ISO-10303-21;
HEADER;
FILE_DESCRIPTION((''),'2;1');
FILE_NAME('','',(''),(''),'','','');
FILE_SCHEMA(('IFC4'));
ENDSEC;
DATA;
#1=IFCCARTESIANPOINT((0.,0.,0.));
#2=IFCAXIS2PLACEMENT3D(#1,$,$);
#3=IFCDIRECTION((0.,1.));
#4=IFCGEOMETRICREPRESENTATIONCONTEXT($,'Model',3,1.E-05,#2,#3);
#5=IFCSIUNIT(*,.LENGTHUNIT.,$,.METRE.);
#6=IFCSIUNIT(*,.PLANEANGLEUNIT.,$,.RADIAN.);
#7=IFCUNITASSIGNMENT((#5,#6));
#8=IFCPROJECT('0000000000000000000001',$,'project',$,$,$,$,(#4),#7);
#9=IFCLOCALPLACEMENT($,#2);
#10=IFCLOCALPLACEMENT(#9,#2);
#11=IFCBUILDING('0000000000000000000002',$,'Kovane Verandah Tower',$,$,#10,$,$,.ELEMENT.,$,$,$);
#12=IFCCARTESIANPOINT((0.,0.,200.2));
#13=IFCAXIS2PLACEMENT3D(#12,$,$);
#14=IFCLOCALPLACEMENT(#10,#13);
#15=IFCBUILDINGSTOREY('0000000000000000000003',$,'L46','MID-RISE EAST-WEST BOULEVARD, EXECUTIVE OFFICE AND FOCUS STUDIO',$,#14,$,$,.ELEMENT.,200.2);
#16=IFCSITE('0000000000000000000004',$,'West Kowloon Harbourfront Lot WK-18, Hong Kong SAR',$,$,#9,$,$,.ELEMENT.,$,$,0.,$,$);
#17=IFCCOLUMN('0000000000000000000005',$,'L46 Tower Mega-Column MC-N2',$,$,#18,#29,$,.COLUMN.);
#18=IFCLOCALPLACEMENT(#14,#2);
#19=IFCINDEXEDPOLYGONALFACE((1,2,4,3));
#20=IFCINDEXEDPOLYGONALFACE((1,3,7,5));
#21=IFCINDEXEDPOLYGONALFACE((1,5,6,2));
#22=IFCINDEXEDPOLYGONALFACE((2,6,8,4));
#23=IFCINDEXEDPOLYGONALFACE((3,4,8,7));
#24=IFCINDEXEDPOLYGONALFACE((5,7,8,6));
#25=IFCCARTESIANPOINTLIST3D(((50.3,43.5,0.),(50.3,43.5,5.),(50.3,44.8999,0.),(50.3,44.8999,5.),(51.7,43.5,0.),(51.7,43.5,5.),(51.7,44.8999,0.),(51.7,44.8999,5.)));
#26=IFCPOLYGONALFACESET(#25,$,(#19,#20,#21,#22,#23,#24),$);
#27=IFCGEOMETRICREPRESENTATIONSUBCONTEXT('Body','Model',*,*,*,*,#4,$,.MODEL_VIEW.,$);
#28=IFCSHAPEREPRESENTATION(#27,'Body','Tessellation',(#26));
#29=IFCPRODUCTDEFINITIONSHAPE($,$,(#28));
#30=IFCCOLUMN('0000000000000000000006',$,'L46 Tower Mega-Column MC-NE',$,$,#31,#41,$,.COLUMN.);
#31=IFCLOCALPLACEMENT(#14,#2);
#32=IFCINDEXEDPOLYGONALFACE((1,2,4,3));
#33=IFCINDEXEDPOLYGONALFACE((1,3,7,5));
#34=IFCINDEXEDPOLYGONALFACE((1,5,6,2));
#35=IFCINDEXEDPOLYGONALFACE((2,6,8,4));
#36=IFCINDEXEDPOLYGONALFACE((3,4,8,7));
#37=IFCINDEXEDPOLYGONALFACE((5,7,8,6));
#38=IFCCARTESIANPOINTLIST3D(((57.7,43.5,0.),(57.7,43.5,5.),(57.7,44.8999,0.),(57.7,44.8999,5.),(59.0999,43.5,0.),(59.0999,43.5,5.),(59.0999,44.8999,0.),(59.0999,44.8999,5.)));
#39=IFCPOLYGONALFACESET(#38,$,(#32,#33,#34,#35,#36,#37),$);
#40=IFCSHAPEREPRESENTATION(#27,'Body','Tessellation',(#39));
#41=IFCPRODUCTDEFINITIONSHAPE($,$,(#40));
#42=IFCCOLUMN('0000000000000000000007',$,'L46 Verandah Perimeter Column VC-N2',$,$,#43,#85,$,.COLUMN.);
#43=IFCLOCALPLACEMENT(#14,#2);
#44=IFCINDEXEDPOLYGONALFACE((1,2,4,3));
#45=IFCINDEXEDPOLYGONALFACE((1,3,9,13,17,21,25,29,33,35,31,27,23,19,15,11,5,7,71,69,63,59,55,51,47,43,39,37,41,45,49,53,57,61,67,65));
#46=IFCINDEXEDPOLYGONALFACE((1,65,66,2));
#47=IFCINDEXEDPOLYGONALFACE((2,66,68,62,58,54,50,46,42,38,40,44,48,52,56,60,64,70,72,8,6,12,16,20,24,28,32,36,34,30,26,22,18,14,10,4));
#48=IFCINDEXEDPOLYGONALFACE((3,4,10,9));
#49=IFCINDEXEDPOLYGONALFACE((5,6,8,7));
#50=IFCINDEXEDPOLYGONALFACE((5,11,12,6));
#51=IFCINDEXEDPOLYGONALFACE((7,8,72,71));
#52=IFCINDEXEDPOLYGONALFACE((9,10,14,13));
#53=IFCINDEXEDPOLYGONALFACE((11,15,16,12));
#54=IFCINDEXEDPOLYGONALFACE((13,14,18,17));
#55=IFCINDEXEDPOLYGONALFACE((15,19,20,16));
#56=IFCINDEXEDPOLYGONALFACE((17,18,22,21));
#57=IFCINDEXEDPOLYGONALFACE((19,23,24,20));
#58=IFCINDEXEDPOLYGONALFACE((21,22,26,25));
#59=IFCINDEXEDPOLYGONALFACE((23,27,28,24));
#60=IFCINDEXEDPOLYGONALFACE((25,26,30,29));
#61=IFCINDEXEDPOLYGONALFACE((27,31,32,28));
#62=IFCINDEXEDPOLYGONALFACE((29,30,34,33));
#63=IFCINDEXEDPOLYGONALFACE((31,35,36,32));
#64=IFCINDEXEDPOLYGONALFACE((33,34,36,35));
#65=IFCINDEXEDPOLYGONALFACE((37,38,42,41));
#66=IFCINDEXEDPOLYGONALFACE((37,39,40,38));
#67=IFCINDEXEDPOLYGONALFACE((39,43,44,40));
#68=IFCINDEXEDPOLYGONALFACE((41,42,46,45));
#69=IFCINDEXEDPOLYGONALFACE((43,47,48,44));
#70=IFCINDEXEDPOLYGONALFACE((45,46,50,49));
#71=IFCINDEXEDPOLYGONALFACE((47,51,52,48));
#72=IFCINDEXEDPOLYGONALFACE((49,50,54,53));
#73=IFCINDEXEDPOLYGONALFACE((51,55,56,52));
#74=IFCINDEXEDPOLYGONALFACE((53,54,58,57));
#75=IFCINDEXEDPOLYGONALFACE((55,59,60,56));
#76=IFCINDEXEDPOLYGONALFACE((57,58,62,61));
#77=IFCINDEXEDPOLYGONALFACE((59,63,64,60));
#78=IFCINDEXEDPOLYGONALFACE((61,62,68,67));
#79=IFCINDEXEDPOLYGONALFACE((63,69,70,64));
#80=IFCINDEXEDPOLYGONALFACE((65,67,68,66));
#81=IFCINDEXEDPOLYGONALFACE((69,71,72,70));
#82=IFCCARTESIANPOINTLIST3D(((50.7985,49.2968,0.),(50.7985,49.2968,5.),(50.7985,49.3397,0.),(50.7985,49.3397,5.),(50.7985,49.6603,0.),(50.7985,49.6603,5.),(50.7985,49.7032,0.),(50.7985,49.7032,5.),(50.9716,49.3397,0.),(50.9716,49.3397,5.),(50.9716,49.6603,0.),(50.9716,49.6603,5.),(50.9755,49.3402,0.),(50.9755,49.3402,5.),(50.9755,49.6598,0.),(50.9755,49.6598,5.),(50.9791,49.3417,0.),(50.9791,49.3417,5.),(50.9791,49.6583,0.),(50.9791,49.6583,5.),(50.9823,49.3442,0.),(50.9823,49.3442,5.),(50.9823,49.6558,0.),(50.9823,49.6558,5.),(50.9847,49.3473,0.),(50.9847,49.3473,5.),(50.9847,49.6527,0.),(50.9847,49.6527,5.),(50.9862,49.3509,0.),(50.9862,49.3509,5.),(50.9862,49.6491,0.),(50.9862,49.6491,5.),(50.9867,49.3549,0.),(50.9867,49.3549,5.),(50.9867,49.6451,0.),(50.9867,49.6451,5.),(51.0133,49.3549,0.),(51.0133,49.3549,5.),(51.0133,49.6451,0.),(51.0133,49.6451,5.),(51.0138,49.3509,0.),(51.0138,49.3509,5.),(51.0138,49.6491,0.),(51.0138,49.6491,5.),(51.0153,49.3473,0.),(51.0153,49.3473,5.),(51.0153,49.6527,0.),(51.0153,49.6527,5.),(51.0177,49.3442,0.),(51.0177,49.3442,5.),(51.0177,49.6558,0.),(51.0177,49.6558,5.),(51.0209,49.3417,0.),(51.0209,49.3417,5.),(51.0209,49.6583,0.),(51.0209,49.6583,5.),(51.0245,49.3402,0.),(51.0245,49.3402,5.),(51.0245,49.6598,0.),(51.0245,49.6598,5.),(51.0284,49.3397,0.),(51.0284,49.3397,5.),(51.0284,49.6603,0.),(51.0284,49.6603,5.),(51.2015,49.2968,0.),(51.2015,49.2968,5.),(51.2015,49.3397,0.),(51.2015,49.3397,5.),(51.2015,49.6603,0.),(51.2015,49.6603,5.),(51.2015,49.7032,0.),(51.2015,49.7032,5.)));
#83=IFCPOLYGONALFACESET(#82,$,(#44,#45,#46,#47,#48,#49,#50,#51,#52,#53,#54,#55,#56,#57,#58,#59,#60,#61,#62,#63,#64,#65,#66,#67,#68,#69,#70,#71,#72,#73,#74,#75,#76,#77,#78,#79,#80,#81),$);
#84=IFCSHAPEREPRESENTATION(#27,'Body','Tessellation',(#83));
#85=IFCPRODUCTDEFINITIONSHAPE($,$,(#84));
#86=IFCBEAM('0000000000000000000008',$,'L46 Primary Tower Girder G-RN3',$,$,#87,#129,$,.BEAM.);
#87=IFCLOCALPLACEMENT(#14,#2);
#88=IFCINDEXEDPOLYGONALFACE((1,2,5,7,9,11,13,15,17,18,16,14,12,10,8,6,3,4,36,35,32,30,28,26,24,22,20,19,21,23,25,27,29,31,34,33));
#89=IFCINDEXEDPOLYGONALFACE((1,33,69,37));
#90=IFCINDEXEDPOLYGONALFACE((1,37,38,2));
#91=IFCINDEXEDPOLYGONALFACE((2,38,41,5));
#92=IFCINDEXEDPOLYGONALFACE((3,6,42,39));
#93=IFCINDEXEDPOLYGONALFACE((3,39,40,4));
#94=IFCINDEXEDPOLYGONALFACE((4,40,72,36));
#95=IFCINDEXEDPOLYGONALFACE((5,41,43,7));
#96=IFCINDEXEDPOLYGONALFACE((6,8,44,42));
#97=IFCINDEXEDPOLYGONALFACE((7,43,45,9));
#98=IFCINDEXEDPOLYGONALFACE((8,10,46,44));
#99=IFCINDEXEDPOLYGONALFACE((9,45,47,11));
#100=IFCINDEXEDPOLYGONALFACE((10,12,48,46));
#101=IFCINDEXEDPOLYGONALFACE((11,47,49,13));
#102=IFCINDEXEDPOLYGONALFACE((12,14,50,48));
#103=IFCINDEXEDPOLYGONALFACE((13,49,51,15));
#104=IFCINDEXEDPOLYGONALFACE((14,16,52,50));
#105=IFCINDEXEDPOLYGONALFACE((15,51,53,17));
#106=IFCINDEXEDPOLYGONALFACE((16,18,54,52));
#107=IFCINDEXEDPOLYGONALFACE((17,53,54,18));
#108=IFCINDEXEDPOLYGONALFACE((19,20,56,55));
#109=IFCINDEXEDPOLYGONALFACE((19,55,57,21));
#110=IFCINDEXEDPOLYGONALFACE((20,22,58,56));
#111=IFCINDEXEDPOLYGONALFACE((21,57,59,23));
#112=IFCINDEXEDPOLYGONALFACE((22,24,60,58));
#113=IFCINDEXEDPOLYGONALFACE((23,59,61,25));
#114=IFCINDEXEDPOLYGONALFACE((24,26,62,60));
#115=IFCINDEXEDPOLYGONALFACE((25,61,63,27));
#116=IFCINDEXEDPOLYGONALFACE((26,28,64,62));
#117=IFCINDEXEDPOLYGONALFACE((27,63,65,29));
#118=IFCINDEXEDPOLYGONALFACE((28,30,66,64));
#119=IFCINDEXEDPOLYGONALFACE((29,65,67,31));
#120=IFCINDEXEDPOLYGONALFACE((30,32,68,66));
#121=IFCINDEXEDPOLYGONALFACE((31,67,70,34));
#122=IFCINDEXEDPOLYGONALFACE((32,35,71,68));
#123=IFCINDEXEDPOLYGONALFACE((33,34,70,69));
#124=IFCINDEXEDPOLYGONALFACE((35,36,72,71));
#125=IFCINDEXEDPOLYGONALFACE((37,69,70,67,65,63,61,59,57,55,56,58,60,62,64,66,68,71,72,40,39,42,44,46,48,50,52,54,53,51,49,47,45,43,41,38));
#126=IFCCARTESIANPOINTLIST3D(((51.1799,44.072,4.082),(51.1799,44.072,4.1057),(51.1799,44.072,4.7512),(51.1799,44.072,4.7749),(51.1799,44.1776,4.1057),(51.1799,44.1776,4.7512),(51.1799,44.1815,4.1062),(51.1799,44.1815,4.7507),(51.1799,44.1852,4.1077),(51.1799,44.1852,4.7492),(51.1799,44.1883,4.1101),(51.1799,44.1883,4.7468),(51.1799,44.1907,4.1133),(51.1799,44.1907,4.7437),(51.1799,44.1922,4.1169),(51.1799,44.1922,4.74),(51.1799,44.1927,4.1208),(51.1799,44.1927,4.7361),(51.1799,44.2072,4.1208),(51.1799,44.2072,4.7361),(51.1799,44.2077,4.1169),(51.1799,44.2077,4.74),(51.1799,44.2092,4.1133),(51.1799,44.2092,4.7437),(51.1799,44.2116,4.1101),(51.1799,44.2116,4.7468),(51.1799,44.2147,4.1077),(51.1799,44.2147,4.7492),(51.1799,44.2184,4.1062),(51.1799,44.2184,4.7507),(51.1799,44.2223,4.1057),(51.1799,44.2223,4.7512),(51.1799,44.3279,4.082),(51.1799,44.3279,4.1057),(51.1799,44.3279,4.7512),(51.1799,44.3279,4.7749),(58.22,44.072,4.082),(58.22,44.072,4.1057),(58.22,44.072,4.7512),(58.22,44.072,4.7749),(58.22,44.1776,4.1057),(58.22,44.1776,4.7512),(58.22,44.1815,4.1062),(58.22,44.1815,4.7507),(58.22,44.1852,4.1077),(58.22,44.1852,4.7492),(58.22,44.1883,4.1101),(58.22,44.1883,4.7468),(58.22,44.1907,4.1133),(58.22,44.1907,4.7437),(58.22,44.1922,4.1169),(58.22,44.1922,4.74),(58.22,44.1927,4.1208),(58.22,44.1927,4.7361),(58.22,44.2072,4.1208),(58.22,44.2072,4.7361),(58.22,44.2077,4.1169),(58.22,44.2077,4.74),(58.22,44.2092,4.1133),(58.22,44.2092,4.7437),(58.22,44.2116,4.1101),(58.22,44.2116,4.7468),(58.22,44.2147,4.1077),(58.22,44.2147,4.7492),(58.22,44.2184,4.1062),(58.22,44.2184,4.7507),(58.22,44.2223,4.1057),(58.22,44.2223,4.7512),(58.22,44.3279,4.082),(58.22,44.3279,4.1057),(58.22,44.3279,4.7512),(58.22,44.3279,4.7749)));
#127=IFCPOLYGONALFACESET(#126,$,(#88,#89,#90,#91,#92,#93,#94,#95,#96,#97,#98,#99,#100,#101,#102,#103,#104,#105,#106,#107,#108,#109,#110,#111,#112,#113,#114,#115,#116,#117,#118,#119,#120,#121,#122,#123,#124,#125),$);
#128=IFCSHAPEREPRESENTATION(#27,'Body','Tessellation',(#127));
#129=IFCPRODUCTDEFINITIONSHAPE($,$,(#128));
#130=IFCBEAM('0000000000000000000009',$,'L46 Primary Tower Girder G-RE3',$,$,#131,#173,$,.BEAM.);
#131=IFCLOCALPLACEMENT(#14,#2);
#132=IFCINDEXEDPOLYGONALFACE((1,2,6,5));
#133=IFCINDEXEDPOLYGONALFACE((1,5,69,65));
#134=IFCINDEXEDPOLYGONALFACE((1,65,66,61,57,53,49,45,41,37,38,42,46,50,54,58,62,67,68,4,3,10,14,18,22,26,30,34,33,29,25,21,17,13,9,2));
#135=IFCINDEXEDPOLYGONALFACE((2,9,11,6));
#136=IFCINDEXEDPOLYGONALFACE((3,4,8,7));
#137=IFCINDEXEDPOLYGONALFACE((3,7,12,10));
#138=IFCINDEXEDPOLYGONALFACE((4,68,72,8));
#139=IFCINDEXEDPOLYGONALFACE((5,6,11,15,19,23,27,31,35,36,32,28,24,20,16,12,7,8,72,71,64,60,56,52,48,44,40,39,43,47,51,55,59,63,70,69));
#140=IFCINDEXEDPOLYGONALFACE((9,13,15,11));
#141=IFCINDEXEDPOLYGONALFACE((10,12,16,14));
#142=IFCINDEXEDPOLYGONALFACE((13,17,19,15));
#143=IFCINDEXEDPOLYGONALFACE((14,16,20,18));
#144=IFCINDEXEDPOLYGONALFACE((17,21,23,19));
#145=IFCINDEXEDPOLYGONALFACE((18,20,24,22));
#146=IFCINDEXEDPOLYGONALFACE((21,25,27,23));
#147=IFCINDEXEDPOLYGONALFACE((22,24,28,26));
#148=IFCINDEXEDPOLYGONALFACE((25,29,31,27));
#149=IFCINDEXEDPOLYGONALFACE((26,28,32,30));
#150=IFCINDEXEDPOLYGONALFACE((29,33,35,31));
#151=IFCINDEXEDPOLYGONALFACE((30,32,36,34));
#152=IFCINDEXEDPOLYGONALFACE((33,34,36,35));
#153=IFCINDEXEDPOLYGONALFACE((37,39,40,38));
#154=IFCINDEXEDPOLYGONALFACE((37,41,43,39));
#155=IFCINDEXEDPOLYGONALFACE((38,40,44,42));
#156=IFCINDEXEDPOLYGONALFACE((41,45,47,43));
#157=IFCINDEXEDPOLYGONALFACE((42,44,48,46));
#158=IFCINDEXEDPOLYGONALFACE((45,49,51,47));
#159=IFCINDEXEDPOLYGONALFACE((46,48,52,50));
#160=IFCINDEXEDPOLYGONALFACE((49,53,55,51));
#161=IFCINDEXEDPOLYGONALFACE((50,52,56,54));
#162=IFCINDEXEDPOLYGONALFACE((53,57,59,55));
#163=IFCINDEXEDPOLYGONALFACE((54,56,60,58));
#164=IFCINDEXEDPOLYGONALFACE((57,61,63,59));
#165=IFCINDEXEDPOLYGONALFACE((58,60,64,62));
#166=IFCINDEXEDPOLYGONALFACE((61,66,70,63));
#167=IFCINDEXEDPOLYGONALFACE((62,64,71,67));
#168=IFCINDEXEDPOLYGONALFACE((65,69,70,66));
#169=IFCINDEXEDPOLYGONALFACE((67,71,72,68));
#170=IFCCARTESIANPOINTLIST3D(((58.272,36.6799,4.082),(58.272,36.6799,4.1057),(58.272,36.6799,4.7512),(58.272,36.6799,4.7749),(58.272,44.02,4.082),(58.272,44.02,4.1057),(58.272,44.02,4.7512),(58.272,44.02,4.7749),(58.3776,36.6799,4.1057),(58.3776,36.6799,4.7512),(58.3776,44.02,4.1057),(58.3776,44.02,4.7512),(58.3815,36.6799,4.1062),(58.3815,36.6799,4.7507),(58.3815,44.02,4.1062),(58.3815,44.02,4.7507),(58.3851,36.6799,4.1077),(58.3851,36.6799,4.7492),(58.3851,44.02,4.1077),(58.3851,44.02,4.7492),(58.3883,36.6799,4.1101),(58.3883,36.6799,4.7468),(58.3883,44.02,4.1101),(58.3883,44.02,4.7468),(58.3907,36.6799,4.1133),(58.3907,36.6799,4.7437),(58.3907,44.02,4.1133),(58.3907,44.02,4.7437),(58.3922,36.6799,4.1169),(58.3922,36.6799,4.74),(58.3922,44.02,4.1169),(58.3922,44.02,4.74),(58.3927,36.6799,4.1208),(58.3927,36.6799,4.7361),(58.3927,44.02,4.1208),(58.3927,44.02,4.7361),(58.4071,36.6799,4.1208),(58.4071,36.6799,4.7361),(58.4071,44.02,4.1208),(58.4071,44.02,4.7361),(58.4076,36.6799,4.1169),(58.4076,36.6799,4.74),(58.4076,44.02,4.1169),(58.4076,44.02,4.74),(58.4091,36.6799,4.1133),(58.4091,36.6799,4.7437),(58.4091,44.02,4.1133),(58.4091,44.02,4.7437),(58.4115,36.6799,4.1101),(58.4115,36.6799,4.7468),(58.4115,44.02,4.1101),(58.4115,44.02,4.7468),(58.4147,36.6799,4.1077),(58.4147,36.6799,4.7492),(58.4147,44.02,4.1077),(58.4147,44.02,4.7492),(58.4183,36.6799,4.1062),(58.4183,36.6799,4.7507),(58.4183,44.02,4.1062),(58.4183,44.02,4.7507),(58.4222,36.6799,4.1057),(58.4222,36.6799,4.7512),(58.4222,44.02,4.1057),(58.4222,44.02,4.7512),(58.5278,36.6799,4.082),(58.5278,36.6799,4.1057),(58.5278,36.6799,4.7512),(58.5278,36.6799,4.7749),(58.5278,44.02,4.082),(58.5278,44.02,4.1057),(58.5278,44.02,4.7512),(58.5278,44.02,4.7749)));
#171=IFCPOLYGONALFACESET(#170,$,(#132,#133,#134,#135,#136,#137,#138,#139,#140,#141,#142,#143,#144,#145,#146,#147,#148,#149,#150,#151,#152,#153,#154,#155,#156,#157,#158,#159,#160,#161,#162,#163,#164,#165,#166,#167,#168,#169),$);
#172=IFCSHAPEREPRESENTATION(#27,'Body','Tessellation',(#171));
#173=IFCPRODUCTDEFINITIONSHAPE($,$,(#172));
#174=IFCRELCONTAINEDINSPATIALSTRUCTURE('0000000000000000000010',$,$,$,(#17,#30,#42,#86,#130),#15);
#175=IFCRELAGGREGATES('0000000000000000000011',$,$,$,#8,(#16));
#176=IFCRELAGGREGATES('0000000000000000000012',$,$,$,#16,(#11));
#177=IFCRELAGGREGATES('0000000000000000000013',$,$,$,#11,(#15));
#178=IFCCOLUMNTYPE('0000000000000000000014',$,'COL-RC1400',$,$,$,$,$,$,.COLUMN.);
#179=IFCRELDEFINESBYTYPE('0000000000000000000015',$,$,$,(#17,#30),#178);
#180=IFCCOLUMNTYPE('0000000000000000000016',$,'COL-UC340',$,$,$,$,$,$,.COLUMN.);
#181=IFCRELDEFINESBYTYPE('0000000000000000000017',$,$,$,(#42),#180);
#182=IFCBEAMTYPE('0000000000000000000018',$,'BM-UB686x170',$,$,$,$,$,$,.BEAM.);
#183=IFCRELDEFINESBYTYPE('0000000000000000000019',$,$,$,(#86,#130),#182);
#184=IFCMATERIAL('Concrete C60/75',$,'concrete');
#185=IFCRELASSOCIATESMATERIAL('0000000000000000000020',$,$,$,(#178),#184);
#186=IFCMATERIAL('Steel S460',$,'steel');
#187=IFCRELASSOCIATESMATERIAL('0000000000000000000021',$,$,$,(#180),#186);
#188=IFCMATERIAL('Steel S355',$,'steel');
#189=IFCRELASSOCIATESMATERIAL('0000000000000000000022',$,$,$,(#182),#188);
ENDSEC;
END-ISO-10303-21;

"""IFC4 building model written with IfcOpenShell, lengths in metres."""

from ifc_helpers import new_model, si_unit, direction, frame, origin, origin_2d, place, context, subcontext, project, spatial, rectangle, i_section, extrude, material, material_profile, profile_set, type_object, element, save


model = new_model("IFC4")

# Units and contexts
model_context = context("Model", 3, precision=1e-05, world=origin(), true_north=direction((0.0, 1.0)))
body_context = subcontext(model_context, "Body", "Model", "MODEL_VIEW")
ifc_project = project(units=[si_unit("LENGTHUNIT", "METRE"), si_unit("PLANEANGLEUNIT", "RADIAN")], contexts=[model_context])

# Site, building, storey
site_placement = place(None, origin())
site = spatial("IfcSite", under=ifc_project, at=site_placement, Name="West Kowloon Harbourfront Lot WK-18, Hong Kong SAR", CompositionType="ELEMENT", RefElevation=0.0)
building_placement = place(site_placement, origin())
building = spatial("IfcBuilding", under=site, at=building_placement, Name="Kovane Verandah Tower", CompositionType="ELEMENT")
storey_placement = place(building_placement, frame((0.0, 0.0, 200.2)))
storey = spatial("IfcBuildingStorey", under=building, at=storey_placement, Name="L46", Description="MID-RISE EAST-WEST BOULEVARD, EXECUTIVE OFFICE AND FOCUS STUDIO", CompositionType="ELEMENT", Elevation=200.2)

# Columns
ifc_material_1 = material(Name="Concrete C60/75", Category="concrete")
ifc_material_profile_1 = material_profile(ifc_material_1, rectangle(XDim=1.3999, YDim=1.3999, at=origin_2d()), Name="RC1400x1400")
ifc_profile_set_1 = profile_set([ifc_material_profile_1], Name="Concrete C60/75")
column_type_1 = type_object("IfcColumnType", Name="COL-RC1400", PredefinedType="COLUMN", material=ifc_profile_set_1)
for number, where, z_axis, x_axis, name in (
    (1, (51.0, 44.2, 0.0), (0.0, 0.0, 1.0), (1.0, 0.0, 0.0), "L46 Tower Mega-Column MC-N2"),
    (2, (58.3999, 44.2, 0.0), (0.0, 0.0, 1.0), (1.0, 0.0, 0.0), "L46 Tower Mega-Column MC-NE"),
):
    element("IfcColumn", number, at=place(storey_placement, frame(where, z_axis=z_axis, x_axis=x_axis)), inside=storey, type_object=column_type_1, Name=name, PredefinedType="COLUMN", context=body_context, shape_type="SweptSolid", body=[
        extrude(rectangle(XDim=1.3999, YDim=1.3999, at=origin_2d()), origin(), (0.0, 0.0, 1.0), 5.0),
    ])
ifc_material_2 = material(Name="Steel S460", Category="steel")
ifc_material_profile_2 = material_profile(ifc_material_2, i_section(OverallWidth=0.4031, OverallDepth=0.4065, WebThickness=0.0266, FlangeThickness=0.043, FilletRadius=0.0151, at=origin_2d()), Name="UC356x406x340")
ifc_profile_set_2 = profile_set([ifc_material_profile_2], Name="Steel S460")
column_type_2 = type_object("IfcColumnType", Name="COL-UC340", PredefinedType="COLUMN", material=ifc_profile_set_2)
column_placement = place(storey_placement, frame((51.0, 49.5, 0.0), z_axis=(0.0, 0.0, 1.0), x_axis=(1.0, 0.0, 0.0)))
element("IfcColumn", 3, at=column_placement, inside=storey, type_object=column_type_2, Name="L46 Verandah Perimeter Column VC-N2", PredefinedType="COLUMN", context=body_context, shape_type="SweptSolid", body=[
    extrude(i_section(OverallWidth=0.4031, OverallDepth=0.4065, WebThickness=0.0266, FlangeThickness=0.043, FilletRadius=0.0151, at=origin_2d()), origin(), (0.0, 0.0, 1.0), 5.0),
])

# Beams
ifc_material_3 = material(Name="Steel S355", Category="steel")
ifc_material_profile_3 = material_profile(ifc_material_3, i_section(OverallWidth=0.2559, OverallDepth=0.6929, WebThickness=0.0144, FlangeThickness=0.0237, FilletRadius=0.0151, at=origin_2d()), Name="UB686x254x170")
ifc_profile_set_3 = profile_set([ifc_material_profile_3], Name="Steel S355")
beam_type = type_object("IfcBeamType", Name="BM-UB686x170", PredefinedType="BEAM", material=ifc_profile_set_3)
beam_1_placement = place(storey_placement, frame((51.1799, 44.2, 4.4285), z_axis=(1.0, 0.0, 0.0), x_axis=(0.0, 1.0, 0.0)))
element("IfcBeam", 4, at=beam_1_placement, inside=storey, type_object=beam_type, Name="L46 Primary Tower Girder G-RN3", PredefinedType="BEAM", context=body_context, shape_type="SweptSolid", body=[
    extrude(i_section(OverallWidth=0.2559, OverallDepth=0.6929, WebThickness=0.0144, FlangeThickness=0.0237, FilletRadius=0.0151, at=origin_2d()), origin(), (0.0, 0.0, 1.0), 7.04),
])
beam_2_placement = place(storey_placement, frame((58.3999, 36.6799, 4.4285), z_axis=(0.0, 1.0, 0.0), x_axis=(-1.0, 0.0, 0.0)))
element("IfcBeam", 5, at=beam_2_placement, inside=storey, type_object=beam_type, Name="L46 Primary Tower Girder G-RE3", PredefinedType="BEAM", context=body_context, shape_type="SweptSolid", body=[
    extrude(i_section(OverallWidth=0.2559, OverallDepth=0.6929, WebThickness=0.0144, FlangeThickness=0.0237, FilletRadius=0.0151, at=origin_2d()), origin(), (0.0, 0.0, 1.0), 7.3401),
])

save(model, "model.ifc")
